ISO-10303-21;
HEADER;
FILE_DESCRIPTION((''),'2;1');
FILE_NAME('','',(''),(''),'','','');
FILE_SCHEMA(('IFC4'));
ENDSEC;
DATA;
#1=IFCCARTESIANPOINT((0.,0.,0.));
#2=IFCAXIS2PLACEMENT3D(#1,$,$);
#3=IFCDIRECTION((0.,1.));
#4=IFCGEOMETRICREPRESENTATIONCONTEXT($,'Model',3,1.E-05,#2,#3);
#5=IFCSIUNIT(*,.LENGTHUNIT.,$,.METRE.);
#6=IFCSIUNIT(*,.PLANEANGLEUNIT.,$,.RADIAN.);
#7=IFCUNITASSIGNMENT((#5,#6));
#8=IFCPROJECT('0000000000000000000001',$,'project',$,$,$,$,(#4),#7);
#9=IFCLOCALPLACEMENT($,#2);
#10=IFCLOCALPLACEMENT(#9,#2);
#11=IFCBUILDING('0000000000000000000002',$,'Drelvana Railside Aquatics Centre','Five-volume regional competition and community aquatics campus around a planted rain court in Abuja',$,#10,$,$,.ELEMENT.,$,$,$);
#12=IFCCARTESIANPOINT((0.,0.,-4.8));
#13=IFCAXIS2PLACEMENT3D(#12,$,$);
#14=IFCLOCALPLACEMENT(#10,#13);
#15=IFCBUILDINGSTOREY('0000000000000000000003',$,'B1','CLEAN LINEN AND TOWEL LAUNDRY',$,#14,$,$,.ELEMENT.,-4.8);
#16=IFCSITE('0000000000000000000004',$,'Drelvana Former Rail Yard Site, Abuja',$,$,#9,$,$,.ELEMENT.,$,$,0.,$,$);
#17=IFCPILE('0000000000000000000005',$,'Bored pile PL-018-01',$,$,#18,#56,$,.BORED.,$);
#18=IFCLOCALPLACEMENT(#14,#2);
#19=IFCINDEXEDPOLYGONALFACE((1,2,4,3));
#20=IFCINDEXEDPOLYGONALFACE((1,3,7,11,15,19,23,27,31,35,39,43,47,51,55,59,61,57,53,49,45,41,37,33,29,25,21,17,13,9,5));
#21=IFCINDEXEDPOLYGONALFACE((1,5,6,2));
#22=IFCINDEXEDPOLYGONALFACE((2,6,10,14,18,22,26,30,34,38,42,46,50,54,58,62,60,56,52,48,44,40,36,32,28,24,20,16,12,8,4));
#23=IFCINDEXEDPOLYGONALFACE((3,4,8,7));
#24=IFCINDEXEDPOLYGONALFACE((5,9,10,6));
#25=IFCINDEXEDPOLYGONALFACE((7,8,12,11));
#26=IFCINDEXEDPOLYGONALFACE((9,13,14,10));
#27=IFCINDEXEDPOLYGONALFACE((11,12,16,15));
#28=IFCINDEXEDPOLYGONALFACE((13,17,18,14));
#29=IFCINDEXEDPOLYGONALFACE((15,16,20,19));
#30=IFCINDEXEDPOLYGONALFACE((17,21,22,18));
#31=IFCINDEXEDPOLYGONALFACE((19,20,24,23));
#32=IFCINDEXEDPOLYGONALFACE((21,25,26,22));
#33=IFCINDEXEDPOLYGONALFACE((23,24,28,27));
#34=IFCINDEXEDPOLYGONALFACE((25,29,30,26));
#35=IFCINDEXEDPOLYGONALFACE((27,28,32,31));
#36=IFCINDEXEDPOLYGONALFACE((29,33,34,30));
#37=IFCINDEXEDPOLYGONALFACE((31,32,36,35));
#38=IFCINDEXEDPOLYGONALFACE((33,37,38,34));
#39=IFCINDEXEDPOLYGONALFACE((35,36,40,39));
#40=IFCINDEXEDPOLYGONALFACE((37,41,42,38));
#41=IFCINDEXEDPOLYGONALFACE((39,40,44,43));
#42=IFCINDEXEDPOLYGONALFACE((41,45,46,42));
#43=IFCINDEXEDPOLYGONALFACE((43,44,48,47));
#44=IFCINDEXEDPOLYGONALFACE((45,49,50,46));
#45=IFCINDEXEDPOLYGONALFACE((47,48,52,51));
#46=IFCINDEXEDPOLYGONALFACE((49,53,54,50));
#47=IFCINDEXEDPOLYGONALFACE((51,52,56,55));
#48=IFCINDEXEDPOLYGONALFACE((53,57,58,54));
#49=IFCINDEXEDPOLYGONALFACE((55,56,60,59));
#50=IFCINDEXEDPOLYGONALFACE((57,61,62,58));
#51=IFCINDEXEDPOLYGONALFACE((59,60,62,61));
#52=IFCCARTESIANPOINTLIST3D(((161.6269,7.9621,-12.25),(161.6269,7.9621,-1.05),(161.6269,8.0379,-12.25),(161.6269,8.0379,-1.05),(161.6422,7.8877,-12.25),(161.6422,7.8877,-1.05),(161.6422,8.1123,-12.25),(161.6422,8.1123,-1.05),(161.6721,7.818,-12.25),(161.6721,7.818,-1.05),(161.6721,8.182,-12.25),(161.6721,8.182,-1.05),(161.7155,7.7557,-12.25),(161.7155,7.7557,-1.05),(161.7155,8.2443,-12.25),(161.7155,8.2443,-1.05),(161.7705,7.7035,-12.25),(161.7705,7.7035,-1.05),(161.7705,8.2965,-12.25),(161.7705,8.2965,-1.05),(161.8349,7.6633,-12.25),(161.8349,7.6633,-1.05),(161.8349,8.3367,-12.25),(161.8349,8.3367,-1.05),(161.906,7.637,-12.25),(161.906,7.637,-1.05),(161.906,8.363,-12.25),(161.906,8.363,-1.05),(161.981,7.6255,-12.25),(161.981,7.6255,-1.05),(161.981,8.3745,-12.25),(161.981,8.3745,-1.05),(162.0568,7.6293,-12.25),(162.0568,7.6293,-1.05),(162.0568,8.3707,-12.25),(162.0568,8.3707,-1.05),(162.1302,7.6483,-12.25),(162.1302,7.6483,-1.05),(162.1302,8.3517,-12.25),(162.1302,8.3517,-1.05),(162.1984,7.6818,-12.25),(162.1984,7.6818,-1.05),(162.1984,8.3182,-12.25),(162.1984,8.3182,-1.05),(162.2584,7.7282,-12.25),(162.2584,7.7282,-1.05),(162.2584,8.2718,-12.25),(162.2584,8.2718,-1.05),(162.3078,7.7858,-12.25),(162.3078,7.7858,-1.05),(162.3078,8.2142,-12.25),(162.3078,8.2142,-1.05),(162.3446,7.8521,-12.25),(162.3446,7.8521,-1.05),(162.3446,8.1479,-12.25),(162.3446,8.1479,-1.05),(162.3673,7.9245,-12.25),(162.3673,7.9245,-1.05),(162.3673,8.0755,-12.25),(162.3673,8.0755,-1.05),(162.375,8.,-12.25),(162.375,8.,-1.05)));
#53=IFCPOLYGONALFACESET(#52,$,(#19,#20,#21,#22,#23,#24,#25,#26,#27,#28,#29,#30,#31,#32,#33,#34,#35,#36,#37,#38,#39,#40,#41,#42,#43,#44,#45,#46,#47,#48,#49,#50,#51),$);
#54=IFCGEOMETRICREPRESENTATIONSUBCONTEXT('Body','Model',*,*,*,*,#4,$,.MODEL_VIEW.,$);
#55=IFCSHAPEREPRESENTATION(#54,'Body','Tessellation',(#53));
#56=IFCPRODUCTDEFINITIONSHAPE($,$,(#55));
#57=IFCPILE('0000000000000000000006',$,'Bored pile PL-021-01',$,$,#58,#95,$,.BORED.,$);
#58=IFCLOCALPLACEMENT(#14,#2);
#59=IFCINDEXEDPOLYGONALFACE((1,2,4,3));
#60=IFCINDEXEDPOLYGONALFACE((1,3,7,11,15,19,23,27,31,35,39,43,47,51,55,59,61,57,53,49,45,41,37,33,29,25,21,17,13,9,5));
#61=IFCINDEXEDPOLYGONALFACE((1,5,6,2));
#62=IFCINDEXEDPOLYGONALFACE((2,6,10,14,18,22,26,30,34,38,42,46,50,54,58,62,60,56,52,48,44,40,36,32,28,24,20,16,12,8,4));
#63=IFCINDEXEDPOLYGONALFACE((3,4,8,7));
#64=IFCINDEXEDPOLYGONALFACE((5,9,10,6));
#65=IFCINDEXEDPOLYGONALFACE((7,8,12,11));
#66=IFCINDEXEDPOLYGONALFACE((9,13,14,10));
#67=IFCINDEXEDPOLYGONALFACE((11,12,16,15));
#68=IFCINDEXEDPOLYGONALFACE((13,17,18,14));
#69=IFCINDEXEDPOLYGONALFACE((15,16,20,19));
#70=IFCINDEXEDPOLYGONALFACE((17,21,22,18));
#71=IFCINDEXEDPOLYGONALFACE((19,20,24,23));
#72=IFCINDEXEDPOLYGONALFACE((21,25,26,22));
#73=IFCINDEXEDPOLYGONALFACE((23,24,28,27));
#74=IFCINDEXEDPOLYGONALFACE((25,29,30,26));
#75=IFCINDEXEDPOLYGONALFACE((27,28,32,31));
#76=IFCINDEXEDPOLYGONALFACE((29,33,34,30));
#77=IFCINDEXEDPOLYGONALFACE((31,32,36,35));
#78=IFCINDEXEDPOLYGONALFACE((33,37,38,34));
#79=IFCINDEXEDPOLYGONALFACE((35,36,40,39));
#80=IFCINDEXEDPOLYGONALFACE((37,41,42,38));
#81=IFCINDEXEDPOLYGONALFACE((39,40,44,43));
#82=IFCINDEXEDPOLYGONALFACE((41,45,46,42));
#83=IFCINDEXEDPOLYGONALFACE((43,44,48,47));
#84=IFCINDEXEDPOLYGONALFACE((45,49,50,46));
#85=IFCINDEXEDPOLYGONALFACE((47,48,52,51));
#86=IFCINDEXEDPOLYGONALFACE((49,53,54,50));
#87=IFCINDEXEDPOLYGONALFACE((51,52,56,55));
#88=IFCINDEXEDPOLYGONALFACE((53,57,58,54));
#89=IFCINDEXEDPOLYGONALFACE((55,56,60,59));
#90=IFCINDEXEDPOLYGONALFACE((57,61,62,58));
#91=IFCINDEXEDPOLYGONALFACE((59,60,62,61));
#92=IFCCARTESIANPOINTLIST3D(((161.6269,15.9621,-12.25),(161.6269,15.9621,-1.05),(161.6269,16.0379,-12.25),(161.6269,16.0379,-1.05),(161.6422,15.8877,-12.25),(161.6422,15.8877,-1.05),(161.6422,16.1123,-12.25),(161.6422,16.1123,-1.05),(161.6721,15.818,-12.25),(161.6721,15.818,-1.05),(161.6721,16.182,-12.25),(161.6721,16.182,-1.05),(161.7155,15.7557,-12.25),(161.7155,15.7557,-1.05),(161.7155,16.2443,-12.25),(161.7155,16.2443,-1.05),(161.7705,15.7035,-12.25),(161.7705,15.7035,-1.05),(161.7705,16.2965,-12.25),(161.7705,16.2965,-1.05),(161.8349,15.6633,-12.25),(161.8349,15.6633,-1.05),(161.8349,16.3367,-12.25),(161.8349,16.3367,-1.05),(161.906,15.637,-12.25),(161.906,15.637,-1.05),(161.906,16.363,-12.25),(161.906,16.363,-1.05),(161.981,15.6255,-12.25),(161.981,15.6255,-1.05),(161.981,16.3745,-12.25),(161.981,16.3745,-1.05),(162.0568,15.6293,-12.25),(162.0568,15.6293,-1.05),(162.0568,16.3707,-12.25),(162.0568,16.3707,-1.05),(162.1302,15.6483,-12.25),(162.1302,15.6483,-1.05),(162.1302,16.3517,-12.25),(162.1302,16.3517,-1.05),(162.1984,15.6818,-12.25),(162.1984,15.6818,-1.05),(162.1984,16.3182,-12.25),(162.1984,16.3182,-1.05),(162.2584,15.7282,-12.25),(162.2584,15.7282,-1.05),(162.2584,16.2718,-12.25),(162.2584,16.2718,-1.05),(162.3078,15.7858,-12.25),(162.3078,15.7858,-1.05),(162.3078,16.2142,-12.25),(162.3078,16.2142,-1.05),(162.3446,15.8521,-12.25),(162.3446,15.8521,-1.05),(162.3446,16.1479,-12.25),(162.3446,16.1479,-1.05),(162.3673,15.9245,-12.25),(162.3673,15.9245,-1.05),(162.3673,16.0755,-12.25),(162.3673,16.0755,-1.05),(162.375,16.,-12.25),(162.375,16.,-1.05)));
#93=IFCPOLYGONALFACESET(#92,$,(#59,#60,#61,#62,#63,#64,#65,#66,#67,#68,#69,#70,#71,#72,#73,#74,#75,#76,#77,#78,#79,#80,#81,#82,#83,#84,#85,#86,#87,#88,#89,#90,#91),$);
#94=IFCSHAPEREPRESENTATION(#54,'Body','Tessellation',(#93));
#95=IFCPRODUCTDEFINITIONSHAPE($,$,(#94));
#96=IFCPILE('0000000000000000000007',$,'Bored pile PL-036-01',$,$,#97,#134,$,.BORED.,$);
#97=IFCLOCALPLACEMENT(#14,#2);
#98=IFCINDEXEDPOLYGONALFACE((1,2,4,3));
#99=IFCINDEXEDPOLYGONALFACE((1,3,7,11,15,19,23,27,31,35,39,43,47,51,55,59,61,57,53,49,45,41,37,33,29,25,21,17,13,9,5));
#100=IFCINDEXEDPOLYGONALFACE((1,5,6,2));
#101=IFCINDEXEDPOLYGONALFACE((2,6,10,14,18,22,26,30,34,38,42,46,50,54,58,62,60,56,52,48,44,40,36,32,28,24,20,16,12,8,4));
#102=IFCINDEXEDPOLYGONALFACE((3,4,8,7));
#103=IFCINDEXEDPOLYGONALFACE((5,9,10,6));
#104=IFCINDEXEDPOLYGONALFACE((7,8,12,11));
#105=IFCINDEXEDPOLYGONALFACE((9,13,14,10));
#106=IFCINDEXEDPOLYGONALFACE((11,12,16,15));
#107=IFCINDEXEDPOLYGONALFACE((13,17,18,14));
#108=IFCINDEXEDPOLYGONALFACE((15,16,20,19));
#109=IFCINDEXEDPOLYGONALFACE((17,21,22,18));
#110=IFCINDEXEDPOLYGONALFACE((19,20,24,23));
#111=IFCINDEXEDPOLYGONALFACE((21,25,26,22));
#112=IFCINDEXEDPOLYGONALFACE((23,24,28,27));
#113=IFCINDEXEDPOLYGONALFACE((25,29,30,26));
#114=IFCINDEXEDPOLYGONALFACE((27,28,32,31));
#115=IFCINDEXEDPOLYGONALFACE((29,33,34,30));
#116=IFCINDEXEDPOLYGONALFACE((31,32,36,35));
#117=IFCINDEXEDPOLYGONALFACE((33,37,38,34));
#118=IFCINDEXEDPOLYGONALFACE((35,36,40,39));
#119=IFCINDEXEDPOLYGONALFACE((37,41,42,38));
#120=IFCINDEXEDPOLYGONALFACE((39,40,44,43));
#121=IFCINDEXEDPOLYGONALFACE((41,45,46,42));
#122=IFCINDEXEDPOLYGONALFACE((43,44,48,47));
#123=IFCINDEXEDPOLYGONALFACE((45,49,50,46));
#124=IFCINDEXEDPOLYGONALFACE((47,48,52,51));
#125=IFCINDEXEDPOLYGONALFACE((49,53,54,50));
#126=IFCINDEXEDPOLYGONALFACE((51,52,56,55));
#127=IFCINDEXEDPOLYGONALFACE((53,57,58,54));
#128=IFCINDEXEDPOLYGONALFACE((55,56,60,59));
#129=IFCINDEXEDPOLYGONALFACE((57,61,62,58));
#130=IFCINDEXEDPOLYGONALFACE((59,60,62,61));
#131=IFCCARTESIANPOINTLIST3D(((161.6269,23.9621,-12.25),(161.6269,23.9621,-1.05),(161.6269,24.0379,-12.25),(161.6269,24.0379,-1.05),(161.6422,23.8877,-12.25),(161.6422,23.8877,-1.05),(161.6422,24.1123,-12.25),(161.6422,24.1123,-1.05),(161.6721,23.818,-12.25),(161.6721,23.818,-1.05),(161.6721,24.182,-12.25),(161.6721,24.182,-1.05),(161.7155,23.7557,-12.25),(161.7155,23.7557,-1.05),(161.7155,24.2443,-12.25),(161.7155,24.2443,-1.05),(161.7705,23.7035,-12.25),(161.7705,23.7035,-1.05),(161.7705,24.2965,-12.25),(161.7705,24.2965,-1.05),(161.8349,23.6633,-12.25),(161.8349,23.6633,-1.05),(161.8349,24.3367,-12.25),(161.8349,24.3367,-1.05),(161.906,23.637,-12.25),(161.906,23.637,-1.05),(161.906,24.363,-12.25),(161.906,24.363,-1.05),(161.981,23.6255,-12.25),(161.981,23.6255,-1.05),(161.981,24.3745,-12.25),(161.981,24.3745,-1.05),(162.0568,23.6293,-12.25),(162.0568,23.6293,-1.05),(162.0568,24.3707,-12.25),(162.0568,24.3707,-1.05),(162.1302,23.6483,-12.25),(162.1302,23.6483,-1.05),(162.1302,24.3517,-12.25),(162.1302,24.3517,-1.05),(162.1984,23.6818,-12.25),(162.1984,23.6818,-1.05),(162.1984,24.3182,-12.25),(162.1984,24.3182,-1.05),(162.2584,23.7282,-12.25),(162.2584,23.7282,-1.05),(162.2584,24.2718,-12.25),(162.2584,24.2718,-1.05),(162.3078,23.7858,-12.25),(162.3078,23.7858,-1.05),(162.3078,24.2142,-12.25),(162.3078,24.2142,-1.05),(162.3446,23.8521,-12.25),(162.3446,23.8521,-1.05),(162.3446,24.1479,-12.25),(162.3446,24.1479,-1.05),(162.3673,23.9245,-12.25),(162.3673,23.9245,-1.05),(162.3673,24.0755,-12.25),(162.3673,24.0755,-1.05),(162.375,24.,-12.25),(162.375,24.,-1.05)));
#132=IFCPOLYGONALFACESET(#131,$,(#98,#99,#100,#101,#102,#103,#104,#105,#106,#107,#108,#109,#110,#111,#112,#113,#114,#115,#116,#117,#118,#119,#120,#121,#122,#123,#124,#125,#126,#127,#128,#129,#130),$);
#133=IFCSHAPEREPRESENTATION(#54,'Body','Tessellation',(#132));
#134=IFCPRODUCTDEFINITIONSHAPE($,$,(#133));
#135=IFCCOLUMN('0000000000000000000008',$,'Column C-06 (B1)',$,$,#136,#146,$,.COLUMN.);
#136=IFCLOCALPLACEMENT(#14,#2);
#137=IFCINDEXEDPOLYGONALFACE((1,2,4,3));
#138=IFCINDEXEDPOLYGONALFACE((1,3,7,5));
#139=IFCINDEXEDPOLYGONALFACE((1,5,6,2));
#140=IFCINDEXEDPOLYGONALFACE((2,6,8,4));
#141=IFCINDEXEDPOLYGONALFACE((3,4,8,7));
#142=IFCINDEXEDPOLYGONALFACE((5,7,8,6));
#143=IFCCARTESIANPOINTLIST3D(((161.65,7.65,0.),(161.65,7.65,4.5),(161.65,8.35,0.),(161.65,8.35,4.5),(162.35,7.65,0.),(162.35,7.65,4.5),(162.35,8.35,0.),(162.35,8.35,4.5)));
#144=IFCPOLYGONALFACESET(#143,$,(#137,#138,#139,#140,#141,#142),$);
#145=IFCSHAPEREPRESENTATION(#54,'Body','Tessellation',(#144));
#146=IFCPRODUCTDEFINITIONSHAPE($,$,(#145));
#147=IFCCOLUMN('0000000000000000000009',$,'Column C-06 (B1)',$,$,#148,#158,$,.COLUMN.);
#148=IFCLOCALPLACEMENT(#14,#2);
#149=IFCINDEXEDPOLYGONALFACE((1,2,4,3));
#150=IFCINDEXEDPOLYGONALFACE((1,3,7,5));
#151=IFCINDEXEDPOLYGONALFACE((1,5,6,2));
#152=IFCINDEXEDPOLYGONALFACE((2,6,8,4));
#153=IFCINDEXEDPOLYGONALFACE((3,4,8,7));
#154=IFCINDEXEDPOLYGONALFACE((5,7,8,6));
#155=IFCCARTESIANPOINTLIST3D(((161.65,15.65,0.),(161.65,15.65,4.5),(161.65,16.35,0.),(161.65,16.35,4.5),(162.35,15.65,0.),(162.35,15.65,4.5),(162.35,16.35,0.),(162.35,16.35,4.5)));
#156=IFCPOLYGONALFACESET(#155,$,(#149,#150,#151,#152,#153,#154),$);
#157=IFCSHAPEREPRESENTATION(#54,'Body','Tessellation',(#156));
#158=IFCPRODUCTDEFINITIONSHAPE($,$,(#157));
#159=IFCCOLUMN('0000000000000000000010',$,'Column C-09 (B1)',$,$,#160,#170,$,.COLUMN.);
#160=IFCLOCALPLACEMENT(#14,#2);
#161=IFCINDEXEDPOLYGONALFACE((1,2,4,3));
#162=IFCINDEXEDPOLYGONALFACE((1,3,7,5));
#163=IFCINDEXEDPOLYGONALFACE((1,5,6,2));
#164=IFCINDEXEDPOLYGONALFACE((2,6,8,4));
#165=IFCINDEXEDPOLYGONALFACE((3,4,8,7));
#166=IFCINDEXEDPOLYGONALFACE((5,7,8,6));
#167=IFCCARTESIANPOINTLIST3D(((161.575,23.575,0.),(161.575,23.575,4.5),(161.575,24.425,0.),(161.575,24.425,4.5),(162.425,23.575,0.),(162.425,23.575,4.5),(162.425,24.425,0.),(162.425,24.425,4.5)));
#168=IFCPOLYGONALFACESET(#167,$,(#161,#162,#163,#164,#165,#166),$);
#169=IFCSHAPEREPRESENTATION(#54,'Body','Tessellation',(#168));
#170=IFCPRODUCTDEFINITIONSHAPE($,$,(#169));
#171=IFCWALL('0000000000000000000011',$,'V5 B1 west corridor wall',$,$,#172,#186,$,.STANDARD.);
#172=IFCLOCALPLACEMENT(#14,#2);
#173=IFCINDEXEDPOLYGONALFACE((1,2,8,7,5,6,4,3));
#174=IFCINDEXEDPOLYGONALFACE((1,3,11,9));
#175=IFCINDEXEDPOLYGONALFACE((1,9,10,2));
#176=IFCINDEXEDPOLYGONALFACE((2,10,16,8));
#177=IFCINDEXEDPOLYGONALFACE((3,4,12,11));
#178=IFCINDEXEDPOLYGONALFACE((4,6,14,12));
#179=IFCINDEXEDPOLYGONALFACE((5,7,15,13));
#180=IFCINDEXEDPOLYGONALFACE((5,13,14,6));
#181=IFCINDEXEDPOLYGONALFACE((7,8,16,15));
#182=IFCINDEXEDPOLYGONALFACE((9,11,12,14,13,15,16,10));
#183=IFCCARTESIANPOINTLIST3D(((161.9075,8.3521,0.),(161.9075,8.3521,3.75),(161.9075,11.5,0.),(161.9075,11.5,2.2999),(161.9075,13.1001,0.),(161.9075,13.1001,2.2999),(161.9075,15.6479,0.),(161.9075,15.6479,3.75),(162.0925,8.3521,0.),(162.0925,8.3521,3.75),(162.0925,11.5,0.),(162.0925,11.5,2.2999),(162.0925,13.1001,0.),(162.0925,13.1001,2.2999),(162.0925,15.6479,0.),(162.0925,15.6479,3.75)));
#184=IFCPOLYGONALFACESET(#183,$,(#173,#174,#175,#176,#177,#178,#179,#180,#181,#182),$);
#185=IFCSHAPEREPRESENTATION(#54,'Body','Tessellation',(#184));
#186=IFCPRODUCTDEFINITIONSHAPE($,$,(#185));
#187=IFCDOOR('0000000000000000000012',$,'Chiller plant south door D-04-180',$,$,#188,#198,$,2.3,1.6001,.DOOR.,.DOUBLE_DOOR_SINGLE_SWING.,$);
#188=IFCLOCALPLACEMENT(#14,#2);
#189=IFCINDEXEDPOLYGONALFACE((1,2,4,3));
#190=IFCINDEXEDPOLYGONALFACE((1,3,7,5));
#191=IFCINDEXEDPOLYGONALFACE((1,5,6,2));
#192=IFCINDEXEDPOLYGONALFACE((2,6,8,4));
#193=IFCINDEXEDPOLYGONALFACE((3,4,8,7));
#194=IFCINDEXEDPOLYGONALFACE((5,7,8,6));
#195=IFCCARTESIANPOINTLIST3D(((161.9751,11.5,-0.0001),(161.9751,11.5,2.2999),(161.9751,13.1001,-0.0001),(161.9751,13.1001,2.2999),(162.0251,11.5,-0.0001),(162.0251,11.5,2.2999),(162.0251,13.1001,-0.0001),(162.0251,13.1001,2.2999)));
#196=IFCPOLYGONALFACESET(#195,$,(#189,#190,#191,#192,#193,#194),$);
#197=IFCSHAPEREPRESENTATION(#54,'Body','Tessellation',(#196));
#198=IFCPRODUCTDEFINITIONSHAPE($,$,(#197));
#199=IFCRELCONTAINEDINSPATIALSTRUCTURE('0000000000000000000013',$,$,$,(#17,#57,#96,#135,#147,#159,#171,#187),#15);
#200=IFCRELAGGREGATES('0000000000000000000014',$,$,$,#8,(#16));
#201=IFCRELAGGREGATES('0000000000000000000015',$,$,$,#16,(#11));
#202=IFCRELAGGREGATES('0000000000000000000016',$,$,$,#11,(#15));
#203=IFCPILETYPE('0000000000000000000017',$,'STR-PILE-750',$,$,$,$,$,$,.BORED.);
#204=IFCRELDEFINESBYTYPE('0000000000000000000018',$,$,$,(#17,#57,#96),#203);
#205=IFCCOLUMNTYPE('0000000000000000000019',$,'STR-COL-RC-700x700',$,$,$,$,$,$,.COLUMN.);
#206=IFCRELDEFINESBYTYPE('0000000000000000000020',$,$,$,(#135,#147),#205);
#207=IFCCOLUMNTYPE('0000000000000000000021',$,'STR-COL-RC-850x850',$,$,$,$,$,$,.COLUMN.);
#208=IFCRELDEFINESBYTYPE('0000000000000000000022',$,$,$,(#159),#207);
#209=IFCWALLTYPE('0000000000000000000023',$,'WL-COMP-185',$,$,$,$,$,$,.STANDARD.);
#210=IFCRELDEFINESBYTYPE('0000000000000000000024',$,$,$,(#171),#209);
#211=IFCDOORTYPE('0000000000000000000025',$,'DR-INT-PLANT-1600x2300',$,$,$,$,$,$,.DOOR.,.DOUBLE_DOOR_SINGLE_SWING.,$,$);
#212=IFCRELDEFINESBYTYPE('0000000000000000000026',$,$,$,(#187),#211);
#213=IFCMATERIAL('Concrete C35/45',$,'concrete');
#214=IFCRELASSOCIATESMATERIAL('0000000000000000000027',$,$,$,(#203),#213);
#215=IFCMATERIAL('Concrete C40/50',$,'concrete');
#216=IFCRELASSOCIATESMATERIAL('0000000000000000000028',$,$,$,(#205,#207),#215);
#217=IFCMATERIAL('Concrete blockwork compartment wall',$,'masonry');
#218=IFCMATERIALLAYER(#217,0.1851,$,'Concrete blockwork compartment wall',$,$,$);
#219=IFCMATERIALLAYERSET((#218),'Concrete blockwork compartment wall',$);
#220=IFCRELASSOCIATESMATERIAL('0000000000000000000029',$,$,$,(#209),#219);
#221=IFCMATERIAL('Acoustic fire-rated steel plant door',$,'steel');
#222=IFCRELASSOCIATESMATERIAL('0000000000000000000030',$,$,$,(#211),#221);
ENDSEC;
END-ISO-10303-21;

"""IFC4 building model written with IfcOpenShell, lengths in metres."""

from ifc_helpers import new_model, si_unit, direction, frame, frame_2d, origin, origin_2d, place, context, subcontext, project, spatial, rectangle, circle, extrude, material, layer, layer_set, material_profile, profile_set, type_object, element, fill, save


model = new_model("IFC4")

# Units and contexts
model_context = context("Model", 3, precision=1e-05, world=origin(), true_north=direction((0.0, 1.0)))
body_context = subcontext(model_context, "Body", "Model", "MODEL_VIEW")
ifc_project = project(units=[si_unit("LENGTHUNIT", "METRE"), si_unit("PLANEANGLEUNIT", "RADIAN")], contexts=[model_context])

# Site, building, storey
site_placement = place(None, origin())
site = spatial("IfcSite", under=ifc_project, at=site_placement, Name="Drelvana Former Rail Yard Site, Abuja", CompositionType="ELEMENT", RefElevation=0.0)
building_placement = place(site_placement, origin())
building = spatial("IfcBuilding", under=site, at=building_placement, Name="Drelvana Railside Aquatics Centre", Description="Five-volume regional competition and community aquatics campus around a planted rain court in Abuja", CompositionType="ELEMENT")
storey_placement = place(building_placement, frame((0.0, 0.0, -4.8)))
storey = spatial("IfcBuildingStorey", under=building, at=storey_placement, Name="B1", Description="CLEAN LINEN AND TOWEL LAUNDRY", CompositionType="ELEMENT", Elevation=-4.8)

# Shared definitions
ifc_material_1 = material(Name="Concrete C35/45", Category="concrete")

# Piles
ifc_material_profile_1 = material_profile(ifc_material_1, circle(Radius=0.375, at=origin_2d()), Name="PILE D750")
ifc_profile_set_1 = profile_set([ifc_material_profile_1], Name="Concrete C35/45")
pile_type_1 = type_object("IfcPileType", Name="STR-PILE-750", PredefinedType="BORED", material=ifc_profile_set_1)
for number, where, z_axis, x_axis, name in (
    (1, (162.0, 8.0, -1.05), (0.0, 0.0, -1.0), (1.0, 0.0, 0.0), "Bored pile PL-018-01"),
    (2, (162.0, 16.0, -1.05), (0.0, 0.0, -1.0), (1.0, 0.0, 0.0), "Bored pile PL-021-01"),
    (3, (162.0, 24.0, -1.05), (0.0, 0.0, -1.0), (1.0, 0.0, 0.0), "Bored pile PL-036-01"),
):
    element("IfcPile", number, at=place(storey_placement, frame(where, z_axis=z_axis, x_axis=x_axis)), inside=storey, type_object=pile_type_1, Name=name, PredefinedType="BORED", context=body_context, shape_type="SweptSolid", body=[
        extrude(circle(Radius=0.375, at=origin_2d()), origin(), (0.0, 0.0, 1.0), 11.2),
    ])

# Columns
ifc_material_2 = material(Name="Concrete C40/50", Category="concrete")
ifc_material_profile_2 = material_profile(ifc_material_2, rectangle(XDim=0.7, YDim=0.7, at=origin_2d()), Name="RC 700x700")
ifc_profile_set_2 = profile_set([ifc_material_profile_2], Name="Concrete C40/50")
column_type_1 = type_object("IfcColumnType", Name="STR-COL-RC-700x700", PredefinedType="COLUMN", material=ifc_profile_set_2)
for number, where, z_axis, x_axis, name in (
    (4, (162.0, 8.0, 0.0), (0.0, 0.0, 1.0), (1.0, 0.0, 0.0), "Column C-06 (B1)"),
    (5, (162.0, 16.0, 0.0), (0.0, 0.0, 1.0), (1.0, 0.0, 0.0), "Column C-06 (B1)"),
):
    element("IfcColumn", number, at=place(storey_placement, frame(where, z_axis=z_axis, x_axis=x_axis)), inside=storey, type_object=column_type_1, Name=name, PredefinedType="COLUMN", context=body_context, shape_type="SweptSolid", body=[
        extrude(rectangle(XDim=0.7, YDim=0.7, at=origin_2d()), origin(), (0.0, 0.0, 1.0), 4.5),
    ])
ifc_material_profile_3 = material_profile(ifc_material_2, rectangle(XDim=0.8501, YDim=0.8501, at=origin_2d()), Name="RC 850x850")
ifc_profile_set_3 = profile_set([ifc_material_profile_3], Name="Concrete C40/50")
column_type_2 = type_object("IfcColumnType", Name="STR-COL-RC-850x850", PredefinedType="COLUMN", material=ifc_profile_set_3)
column_placement = place(storey_placement, frame((162.0, 24.0, 0.0), z_axis=(0.0, 0.0, 1.0), x_axis=(1.0, 0.0, 0.0)))
element("IfcColumn", 6, at=column_placement, inside=storey, type_object=column_type_2, Name="Column C-09 (B1)", PredefinedType="COLUMN", context=body_context, shape_type="SweptSolid", body=[
    extrude(rectangle(XDim=0.8501, YDim=0.8501, at=origin_2d()), origin(), (0.0, 0.0, 1.0), 4.5),
])

# Wall, opening, door
ifc_material_3 = material(Name="Concrete blockwork compartment wall", Category="masonry")
ifc_layer_1 = layer(ifc_material_3, 0.1851, Name="Concrete blockwork compartment wall")
ifc_layer_set_1 = layer_set([ifc_layer_1], Name="Concrete blockwork compartment wall")
wall_type_1 = type_object("IfcWallType", Name="WL-COMP-185", PredefinedType="STANDARD", material=ifc_layer_set_1)
wall_1_placement = place(storey_placement, frame((162.0, 8.3521, 0.0), z_axis=(0.0, 0.0, 1.0), x_axis=(0.0, 1.0, 0.0)))
wall_1 = element("IfcWall", 7, at=wall_1_placement, inside=storey, type_object=wall_type_1, Name="V5 B1 west corridor wall", PredefinedType="STANDARD", context=body_context, shape_type="SweptSolid", body=[
    extrude(rectangle(XDim=7.2959, YDim=0.1851, at=frame_2d((3.6479, 0.0))), origin(), (0.0, 0.0, 1.0), 3.75),
])
opening_1_placement = place(wall_1_placement, frame((3.1479, 0.0, 0.0)))
opening_1 = element("IfcOpeningElement", 8, at=opening_1_placement, cuts=wall_1, PredefinedType="OPENING", context=body_context, shape_type="SweptSolid", body=[
    extrude(rectangle(XDim=1.6001, YDim=2.3, at=frame_2d((0.8, 1.1499))), frame((0.0, 0.1025, 0.0), z_axis=(0.0, -1.0, 0.0), x_axis=(1.0, 0.0, 0.0)), (0.0, 0.0, 1.0), 0.2051),
])
ifc_material_4 = material(Name="Acoustic fire-rated steel plant door", Category="steel")
door_type_1 = type_object("IfcDoorType", Name="DR-INT-PLANT-1600x2300", OperationType="DOUBLE_DOOR_SINGLE_SWING", PredefinedType="DOOR", material=ifc_material_4)
door_1_placement = place(opening_1_placement, origin())
door_1 = element("IfcDoor", 9, at=door_1_placement, inside=storey, type_object=door_type_1, Name="Chiller plant south door D-04-180", OperationType="DOUBLE_DOOR_SINGLE_SWING", OverallHeight=2.3, OverallWidth=1.6001, PredefinedType="DOOR", context=body_context, shape_type="SweptSolid", body=[
    extrude(rectangle(XDim=1.6001, YDim=2.3, at=frame_2d((0.8, 1.1499))), frame((0.0, 0.0249, 0.0), z_axis=(0.0, -1.0, 0.0), x_axis=(1.0, 0.0, 0.0)), (0.0, 0.0, 1.0), 0.05),
])
fill(opening_1, door_1)

save(model, "model.ifc")
